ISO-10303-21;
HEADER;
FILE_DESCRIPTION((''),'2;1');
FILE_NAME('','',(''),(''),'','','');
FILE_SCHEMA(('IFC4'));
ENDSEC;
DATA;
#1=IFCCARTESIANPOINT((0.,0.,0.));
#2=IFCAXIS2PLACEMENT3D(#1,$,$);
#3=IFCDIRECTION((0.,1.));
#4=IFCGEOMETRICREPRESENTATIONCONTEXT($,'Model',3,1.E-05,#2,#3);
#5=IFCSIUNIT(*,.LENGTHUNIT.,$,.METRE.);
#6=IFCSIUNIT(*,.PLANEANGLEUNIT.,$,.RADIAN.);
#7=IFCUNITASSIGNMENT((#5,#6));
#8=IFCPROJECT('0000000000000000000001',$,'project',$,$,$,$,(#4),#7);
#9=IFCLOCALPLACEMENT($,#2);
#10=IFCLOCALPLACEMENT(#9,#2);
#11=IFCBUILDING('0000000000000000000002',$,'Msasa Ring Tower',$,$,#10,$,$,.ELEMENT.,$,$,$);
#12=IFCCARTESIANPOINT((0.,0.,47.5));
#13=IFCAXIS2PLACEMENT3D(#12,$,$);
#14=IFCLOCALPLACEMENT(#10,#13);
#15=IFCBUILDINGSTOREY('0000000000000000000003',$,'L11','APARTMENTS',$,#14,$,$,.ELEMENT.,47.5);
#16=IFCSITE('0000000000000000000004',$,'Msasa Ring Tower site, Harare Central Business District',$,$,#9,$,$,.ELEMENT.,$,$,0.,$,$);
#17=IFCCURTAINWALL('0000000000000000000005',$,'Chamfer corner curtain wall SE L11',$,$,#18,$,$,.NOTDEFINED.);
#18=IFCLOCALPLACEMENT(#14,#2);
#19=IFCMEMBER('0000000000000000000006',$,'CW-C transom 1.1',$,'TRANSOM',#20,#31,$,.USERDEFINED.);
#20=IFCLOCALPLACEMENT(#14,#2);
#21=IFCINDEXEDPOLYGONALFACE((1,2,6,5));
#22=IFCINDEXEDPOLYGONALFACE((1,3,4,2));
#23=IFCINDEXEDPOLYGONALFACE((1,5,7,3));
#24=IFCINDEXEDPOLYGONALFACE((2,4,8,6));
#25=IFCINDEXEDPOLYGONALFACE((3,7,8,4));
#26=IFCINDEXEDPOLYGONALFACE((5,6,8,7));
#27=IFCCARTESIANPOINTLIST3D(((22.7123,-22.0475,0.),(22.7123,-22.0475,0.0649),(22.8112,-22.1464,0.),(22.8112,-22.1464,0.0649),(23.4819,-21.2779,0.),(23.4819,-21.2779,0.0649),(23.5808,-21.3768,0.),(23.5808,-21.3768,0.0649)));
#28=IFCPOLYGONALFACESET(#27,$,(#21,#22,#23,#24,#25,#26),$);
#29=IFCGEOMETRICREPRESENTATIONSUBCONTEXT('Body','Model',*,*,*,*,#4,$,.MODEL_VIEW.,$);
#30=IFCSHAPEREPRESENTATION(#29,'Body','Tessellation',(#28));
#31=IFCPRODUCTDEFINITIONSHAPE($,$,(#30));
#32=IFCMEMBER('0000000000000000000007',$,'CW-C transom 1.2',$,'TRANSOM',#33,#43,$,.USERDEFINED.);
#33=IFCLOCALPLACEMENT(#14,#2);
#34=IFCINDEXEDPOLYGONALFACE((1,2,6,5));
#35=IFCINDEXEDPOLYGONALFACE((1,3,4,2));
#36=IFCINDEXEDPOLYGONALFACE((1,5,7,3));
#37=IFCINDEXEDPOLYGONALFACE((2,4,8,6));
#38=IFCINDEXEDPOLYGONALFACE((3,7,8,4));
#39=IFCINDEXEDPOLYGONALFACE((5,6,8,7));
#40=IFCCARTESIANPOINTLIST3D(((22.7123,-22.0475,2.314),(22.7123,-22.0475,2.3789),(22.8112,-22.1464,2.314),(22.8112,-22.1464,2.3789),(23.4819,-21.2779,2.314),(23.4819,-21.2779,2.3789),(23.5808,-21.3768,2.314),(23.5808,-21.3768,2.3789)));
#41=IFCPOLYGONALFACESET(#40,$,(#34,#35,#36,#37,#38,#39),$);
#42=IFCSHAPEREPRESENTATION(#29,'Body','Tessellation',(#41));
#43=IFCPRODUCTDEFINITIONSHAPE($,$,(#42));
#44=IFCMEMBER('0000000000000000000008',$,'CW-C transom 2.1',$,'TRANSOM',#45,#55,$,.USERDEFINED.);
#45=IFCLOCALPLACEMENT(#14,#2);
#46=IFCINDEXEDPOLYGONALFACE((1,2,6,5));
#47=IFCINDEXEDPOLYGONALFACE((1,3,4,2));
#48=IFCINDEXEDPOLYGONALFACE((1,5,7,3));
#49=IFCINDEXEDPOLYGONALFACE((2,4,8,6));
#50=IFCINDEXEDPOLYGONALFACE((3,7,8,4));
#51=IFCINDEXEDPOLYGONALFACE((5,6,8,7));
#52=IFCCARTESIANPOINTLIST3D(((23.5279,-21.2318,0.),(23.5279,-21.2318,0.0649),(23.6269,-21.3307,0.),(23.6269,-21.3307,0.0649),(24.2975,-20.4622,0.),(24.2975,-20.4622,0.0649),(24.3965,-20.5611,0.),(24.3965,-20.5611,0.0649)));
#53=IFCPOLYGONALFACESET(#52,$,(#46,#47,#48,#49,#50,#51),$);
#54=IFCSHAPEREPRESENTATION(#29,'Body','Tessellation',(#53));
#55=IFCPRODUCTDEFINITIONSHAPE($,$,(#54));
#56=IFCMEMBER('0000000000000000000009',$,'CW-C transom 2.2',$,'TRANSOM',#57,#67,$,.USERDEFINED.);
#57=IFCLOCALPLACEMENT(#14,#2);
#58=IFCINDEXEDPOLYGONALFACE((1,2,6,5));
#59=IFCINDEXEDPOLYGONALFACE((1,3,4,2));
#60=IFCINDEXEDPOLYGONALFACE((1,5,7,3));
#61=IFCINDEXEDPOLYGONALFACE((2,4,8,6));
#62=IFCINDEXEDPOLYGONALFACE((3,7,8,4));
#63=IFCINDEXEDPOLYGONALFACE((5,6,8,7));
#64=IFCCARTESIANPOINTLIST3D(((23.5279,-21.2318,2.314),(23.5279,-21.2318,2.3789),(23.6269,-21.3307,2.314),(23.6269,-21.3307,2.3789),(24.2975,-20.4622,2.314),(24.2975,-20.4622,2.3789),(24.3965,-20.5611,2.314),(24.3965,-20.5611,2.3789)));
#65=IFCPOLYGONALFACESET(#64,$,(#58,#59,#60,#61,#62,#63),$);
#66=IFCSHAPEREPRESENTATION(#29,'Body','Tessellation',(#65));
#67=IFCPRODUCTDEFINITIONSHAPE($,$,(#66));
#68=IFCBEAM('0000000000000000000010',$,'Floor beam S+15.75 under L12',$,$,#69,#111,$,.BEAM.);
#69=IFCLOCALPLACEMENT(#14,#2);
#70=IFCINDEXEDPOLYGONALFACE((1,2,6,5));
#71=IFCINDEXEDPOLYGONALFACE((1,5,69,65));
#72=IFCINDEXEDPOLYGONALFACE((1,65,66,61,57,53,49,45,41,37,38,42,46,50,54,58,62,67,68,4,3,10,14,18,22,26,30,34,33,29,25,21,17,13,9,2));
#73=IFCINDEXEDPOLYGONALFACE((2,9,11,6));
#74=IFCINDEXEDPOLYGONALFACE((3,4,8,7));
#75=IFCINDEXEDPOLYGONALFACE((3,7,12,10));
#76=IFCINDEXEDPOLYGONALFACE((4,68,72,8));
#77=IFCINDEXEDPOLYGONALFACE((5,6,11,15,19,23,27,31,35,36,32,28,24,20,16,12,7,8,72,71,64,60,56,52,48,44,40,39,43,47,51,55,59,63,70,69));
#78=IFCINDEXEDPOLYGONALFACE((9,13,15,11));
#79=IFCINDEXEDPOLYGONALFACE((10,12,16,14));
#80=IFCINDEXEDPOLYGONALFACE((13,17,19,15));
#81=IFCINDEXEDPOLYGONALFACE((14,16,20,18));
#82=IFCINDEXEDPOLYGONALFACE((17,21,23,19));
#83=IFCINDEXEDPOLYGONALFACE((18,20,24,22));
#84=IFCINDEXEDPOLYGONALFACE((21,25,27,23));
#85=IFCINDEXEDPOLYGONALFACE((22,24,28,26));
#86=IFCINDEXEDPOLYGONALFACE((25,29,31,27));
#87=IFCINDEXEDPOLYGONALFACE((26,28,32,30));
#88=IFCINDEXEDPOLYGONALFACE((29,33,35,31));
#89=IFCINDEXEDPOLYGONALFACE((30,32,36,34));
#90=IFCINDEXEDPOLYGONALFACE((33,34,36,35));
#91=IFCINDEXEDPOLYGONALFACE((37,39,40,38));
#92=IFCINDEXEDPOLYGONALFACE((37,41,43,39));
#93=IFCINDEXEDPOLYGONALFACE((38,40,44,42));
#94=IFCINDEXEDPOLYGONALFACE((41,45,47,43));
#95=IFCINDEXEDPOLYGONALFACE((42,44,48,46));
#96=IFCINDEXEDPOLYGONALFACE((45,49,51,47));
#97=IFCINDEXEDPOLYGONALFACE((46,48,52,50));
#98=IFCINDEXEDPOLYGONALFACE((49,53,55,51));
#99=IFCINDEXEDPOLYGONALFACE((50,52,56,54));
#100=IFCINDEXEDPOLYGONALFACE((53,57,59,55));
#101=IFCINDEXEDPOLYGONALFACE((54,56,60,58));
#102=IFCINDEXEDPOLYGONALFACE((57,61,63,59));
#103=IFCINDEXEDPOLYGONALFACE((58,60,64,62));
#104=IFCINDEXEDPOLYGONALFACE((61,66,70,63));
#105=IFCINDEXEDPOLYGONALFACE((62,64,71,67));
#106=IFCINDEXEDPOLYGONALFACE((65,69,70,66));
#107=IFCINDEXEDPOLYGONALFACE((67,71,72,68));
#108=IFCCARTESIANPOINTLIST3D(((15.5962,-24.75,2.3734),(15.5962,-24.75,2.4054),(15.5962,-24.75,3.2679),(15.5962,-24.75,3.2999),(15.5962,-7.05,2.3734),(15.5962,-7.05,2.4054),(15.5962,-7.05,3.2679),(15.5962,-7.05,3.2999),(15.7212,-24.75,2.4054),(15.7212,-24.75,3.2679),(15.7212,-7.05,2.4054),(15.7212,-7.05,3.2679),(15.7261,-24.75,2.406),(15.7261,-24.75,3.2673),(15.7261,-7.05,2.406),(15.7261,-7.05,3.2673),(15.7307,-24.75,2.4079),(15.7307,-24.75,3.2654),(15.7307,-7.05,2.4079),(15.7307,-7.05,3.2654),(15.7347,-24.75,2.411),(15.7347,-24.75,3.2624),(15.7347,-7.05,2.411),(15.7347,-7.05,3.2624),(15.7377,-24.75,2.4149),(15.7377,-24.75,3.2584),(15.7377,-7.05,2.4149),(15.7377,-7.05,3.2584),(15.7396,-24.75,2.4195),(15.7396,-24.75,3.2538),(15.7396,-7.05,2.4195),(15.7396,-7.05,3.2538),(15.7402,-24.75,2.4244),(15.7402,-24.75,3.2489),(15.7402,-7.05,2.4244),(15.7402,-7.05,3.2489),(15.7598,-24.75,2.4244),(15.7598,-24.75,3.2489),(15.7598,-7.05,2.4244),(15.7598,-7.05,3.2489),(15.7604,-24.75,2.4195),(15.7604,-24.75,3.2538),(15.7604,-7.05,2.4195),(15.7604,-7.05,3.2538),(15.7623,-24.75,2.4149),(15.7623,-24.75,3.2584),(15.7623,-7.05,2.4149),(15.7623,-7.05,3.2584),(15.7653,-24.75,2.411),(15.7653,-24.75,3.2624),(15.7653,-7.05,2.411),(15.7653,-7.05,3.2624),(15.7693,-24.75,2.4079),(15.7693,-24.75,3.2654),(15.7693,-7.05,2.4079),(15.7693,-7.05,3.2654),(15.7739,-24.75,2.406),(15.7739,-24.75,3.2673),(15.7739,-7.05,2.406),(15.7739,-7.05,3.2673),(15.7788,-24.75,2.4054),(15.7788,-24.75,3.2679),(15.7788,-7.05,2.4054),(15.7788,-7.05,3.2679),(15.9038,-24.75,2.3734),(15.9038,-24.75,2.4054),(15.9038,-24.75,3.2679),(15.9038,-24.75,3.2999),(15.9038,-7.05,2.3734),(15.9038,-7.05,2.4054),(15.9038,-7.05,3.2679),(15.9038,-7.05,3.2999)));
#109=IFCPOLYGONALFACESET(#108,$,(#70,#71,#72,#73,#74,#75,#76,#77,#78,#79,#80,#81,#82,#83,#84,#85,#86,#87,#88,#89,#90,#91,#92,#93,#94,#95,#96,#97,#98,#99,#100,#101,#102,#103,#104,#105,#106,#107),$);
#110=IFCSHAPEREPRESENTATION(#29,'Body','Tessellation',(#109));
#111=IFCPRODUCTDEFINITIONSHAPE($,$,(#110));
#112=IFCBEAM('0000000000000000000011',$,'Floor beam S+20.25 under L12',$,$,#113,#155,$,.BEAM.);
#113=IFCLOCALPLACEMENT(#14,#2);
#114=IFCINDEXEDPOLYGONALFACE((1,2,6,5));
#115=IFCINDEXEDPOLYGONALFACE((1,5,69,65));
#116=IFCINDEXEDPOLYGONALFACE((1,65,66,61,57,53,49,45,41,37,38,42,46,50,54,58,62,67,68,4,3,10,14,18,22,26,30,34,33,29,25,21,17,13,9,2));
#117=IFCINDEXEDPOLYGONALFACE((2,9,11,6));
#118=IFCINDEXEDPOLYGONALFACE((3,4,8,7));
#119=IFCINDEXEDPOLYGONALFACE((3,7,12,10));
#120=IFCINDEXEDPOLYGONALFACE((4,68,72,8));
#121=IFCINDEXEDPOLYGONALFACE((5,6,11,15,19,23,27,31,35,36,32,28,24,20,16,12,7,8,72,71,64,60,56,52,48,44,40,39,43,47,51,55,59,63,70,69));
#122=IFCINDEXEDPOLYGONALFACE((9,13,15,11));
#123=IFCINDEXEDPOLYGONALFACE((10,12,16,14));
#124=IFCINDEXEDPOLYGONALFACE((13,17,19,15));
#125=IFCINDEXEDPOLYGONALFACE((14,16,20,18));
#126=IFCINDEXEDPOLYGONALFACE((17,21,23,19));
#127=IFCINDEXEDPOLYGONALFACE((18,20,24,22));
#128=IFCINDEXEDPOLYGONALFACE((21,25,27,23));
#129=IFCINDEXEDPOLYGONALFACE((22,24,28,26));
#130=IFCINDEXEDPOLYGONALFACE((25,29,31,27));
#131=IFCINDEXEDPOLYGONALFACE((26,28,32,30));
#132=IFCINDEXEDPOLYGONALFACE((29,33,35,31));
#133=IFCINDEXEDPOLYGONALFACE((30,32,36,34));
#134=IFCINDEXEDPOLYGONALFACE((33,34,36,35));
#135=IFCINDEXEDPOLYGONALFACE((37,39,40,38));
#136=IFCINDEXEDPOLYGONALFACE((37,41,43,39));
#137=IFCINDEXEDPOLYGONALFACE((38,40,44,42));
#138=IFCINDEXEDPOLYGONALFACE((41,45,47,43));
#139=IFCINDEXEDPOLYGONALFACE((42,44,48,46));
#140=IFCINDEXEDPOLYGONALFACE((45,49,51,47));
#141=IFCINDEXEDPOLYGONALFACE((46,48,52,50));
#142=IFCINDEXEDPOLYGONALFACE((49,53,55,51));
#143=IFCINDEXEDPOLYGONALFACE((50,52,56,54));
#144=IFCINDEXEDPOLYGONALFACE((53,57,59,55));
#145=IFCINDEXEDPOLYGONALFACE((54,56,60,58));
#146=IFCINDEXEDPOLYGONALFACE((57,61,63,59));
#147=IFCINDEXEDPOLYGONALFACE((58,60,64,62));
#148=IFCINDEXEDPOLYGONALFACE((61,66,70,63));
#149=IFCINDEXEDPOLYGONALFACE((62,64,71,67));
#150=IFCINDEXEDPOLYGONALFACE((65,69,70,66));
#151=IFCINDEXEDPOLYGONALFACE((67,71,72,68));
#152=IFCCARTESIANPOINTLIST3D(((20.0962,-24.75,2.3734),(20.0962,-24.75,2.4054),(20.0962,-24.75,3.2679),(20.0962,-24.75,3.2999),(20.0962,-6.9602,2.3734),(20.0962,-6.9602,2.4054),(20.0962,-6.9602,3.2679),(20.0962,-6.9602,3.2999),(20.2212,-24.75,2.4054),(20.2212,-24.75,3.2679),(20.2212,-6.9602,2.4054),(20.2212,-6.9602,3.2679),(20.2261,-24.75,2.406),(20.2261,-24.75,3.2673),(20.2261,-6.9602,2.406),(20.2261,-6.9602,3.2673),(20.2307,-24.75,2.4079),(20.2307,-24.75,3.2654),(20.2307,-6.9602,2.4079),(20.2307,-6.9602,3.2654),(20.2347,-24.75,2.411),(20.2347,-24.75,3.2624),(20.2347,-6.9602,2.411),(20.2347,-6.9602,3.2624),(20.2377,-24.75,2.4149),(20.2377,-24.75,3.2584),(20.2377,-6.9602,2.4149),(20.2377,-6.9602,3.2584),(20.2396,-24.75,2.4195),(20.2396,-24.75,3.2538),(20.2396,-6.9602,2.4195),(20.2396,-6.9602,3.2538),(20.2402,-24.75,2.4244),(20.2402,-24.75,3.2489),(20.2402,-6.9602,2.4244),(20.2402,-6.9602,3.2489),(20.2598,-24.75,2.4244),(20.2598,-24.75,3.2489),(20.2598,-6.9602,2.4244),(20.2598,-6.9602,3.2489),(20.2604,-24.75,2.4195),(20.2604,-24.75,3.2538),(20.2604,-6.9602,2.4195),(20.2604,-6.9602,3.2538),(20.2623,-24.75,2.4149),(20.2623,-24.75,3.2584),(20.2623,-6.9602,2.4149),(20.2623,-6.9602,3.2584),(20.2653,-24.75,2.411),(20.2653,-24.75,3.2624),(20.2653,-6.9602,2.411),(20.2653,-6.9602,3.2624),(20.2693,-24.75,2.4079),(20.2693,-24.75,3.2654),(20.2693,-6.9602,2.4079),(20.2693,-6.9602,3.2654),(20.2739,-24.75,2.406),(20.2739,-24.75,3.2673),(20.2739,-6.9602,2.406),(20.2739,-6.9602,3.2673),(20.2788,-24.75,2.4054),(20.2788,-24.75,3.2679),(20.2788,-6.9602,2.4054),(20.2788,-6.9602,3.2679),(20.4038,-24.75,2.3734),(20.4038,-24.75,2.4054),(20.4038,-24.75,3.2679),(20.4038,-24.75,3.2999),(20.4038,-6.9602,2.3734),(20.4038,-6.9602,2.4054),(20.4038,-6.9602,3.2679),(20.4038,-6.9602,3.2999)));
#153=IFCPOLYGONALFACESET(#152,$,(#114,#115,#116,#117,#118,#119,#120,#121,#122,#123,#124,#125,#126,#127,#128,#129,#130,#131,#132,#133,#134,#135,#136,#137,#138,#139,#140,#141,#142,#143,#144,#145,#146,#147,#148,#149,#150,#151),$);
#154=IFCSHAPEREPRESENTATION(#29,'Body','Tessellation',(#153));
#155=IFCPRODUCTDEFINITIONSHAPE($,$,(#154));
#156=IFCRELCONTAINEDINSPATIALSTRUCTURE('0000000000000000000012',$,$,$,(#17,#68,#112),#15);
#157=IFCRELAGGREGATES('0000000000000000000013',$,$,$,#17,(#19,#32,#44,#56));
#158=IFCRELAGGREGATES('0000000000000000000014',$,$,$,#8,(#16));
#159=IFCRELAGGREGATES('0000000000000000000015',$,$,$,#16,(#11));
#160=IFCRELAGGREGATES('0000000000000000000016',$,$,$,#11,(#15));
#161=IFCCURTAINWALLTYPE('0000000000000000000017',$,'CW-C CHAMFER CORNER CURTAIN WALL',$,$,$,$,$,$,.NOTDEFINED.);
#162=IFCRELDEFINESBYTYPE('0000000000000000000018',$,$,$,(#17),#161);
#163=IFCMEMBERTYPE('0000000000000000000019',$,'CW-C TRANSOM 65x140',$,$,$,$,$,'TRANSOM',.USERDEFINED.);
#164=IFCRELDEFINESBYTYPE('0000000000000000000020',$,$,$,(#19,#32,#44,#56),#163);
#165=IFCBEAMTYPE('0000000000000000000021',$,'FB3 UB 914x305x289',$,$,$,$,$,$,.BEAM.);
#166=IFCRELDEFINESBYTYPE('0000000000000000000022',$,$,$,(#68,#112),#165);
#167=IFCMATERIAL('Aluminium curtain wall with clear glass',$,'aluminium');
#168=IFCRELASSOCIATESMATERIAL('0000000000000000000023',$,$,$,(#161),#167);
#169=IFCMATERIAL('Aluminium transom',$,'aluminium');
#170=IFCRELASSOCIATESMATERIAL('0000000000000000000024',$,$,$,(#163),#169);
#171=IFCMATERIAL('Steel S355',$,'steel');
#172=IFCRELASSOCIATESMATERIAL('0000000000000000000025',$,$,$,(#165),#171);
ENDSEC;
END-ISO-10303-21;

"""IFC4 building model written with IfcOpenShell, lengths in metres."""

from ifc_helpers import new_model, si_unit, direction, frame, origin, origin_2d, place, context, subcontext, project, spatial, rectangle, i_section, extrude, material, material_profile, profile_set, type_object, element, aggregate, save


model = new_model("IFC4")

# Units and contexts
model_context = context("Model", 3, precision=1e-05, world=origin(), true_north=direction((0.0, 1.0)))
body_context = subcontext(model_context, "Body", "Model", "MODEL_VIEW")
ifc_project = project(units=[si_unit("LENGTHUNIT", "METRE"), si_unit("PLANEANGLEUNIT", "RADIAN")], contexts=[model_context])

# Site, building, storey
site_placement = place(None, origin())
site = spatial("IfcSite", under=ifc_project, at=site_placement, Name="Msasa Ring Tower site, Harare Central Business District", CompositionType="ELEMENT", RefElevation=0.0)
building_placement = place(site_placement, origin())
building = spatial("IfcBuilding", under=site, at=building_placement, Name="Msasa Ring Tower", CompositionType="ELEMENT")
storey_placement = place(building_placement, frame((0.0, 0.0, 47.5)))
storey = spatial("IfcBuildingStorey", under=building, at=storey_placement, Name="L11", Description="APARTMENTS", CompositionType="ELEMENT", Elevation=47.5)

# Curtain wall
ifc_material_1 = material(Name="Aluminium curtain wall with clear glass", Category="aluminium")
curtain_wall_type = type_object("IfcCurtainWallType", Name="CW-C CHAMFER CORNER CURTAIN WALL", PredefinedType="NOTDEFINED", material=ifc_material_1)
curtain_wall_1_placement = place(storey_placement, origin())
curtain_wall_1 = element("IfcCurtainWall", 1, at=curtain_wall_1_placement, inside=storey, type_object=curtain_wall_type, Name="Chamfer corner curtain wall SE L11", PredefinedType="NOTDEFINED")

# Members
ifc_material_2 = material(Name="Aluminium transom", Category="aluminium")
ifc_material_profile_1 = material_profile(ifc_material_2, rectangle(XDim=0.1399, YDim=0.0649, at=origin_2d()), Name="AL 65x140")
ifc_profile_set_1 = profile_set([ifc_material_profile_1], Name="Aluminium transom")
member_type_1 = type_object("IfcMemberType", Name="CW-C TRANSOM 65x140", ElementType="TRANSOM", PredefinedType="USERDEFINED", material=ifc_profile_set_1)
member_1_placement = place(storey_placement, frame((22.7617, -22.0969, 0.0325), z_axis=(0.707107, 0.707107, 0.0), x_axis=(-0.707107, 0.707107, 0.0)))
member_1 = element("IfcMember", 2, at=member_1_placement, type_object=member_type_1, Name="CW-C transom 1.1", ObjectType="TRANSOM", PredefinedType="USERDEFINED", context=body_context, shape_type="SweptSolid", body=[
    extrude(rectangle(XDim=0.1399, YDim=0.0649, at=origin_2d()), origin(), (0.0, 0.0, 1.0), 1.0884),
])
member_2_placement = place(storey_placement, frame((22.7617, -22.0969, 2.3464), z_axis=(0.707107, 0.707107, 0.0), x_axis=(-0.707107, 0.707107, 0.0)))
member_2 = element("IfcMember", 3, at=member_2_placement, type_object=member_type_1, Name="CW-C transom 1.2", ObjectType="TRANSOM", PredefinedType="USERDEFINED", context=body_context, shape_type="SweptSolid", body=[
    extrude(rectangle(XDim=0.1399, YDim=0.0649, at=origin_2d()), origin(), (0.0, 0.0, 1.0), 1.0884),
])
member_3_placement = place(storey_placement, frame((23.5774, -21.2812, 0.0325), z_axis=(0.707107, 0.707107, 0.0), x_axis=(-0.707107, 0.707107, 0.0)))
member_3 = element("IfcMember", 4, at=member_3_placement, type_object=member_type_1, Name="CW-C transom 2.1", ObjectType="TRANSOM", PredefinedType="USERDEFINED", context=body_context, shape_type="SweptSolid", body=[
    extrude(rectangle(XDim=0.1399, YDim=0.0649, at=origin_2d()), origin(), (0.0, 0.0, 1.0), 1.0884),
])
member_4_placement = place(storey_placement, frame((23.5774, -21.2812, 2.3464), z_axis=(0.707107, 0.707107, 0.0), x_axis=(-0.707107, 0.707107, 0.0)))
member_4 = element("IfcMember", 5, at=member_4_placement, type_object=member_type_1, Name="CW-C transom 2.2", ObjectType="TRANSOM", PredefinedType="USERDEFINED", context=body_context, shape_type="SweptSolid", body=[
    extrude(rectangle(XDim=0.1399, YDim=0.0649, at=origin_2d()), origin(), (0.0, 0.0, 1.0), 1.0884),
])

# Beams
ifc_material_3 = material(Name="Steel S355", Category="steel")
ifc_material_profile_2 = material_profile(ifc_material_3, i_section(OverallWidth=0.3076, OverallDepth=0.9265, WebThickness=0.0195, FlangeThickness=0.032, FilletRadius=0.019, at=origin_2d()), Name="UB 914x305x289")
ifc_profile_set_2 = profile_set([ifc_material_profile_2], Name="Steel S355")
beam_type_1 = type_object("IfcBeamType", Name="FB3 UB 914x305x289", PredefinedType="BEAM", material=ifc_profile_set_2)
beam_1_placement = place(storey_placement, frame((15.75, -24.75, 2.8367), z_axis=(0.0, 1.0, 0.0), x_axis=(-1.0, 0.0, 0.0)))
element("IfcBeam", 6, at=beam_1_placement, inside=storey, type_object=beam_type_1, Name="Floor beam S+15.75 under L12", PredefinedType="BEAM", context=body_context, shape_type="SweptSolid", body=[
    extrude(i_section(OverallWidth=0.3076, OverallDepth=0.9265, WebThickness=0.0195, FlangeThickness=0.032, FilletRadius=0.019, at=origin_2d()), origin(), (0.0, 0.0, 1.0), 17.7),
])
beam_2_placement = place(storey_placement, frame((20.25, -24.75, 2.8367), z_axis=(0.0, 1.0, 0.0), x_axis=(-1.0, 0.0, 0.0)))
element("IfcBeam", 7, at=beam_2_placement, inside=storey, type_object=beam_type_1, Name="Floor beam S+20.25 under L12", PredefinedType="BEAM", context=body_context, shape_type="SweptSolid", body=[
    extrude(i_section(OverallWidth=0.3076, OverallDepth=0.9265, WebThickness=0.0195, FlangeThickness=0.032, FilletRadius=0.019, at=origin_2d()), origin(), (0.0, 0.0, 1.0), 17.7898),
])

aggregate(curtain_wall_1, [member_1, member_2, member_3, member_4])

save(model, "model.ifc")
